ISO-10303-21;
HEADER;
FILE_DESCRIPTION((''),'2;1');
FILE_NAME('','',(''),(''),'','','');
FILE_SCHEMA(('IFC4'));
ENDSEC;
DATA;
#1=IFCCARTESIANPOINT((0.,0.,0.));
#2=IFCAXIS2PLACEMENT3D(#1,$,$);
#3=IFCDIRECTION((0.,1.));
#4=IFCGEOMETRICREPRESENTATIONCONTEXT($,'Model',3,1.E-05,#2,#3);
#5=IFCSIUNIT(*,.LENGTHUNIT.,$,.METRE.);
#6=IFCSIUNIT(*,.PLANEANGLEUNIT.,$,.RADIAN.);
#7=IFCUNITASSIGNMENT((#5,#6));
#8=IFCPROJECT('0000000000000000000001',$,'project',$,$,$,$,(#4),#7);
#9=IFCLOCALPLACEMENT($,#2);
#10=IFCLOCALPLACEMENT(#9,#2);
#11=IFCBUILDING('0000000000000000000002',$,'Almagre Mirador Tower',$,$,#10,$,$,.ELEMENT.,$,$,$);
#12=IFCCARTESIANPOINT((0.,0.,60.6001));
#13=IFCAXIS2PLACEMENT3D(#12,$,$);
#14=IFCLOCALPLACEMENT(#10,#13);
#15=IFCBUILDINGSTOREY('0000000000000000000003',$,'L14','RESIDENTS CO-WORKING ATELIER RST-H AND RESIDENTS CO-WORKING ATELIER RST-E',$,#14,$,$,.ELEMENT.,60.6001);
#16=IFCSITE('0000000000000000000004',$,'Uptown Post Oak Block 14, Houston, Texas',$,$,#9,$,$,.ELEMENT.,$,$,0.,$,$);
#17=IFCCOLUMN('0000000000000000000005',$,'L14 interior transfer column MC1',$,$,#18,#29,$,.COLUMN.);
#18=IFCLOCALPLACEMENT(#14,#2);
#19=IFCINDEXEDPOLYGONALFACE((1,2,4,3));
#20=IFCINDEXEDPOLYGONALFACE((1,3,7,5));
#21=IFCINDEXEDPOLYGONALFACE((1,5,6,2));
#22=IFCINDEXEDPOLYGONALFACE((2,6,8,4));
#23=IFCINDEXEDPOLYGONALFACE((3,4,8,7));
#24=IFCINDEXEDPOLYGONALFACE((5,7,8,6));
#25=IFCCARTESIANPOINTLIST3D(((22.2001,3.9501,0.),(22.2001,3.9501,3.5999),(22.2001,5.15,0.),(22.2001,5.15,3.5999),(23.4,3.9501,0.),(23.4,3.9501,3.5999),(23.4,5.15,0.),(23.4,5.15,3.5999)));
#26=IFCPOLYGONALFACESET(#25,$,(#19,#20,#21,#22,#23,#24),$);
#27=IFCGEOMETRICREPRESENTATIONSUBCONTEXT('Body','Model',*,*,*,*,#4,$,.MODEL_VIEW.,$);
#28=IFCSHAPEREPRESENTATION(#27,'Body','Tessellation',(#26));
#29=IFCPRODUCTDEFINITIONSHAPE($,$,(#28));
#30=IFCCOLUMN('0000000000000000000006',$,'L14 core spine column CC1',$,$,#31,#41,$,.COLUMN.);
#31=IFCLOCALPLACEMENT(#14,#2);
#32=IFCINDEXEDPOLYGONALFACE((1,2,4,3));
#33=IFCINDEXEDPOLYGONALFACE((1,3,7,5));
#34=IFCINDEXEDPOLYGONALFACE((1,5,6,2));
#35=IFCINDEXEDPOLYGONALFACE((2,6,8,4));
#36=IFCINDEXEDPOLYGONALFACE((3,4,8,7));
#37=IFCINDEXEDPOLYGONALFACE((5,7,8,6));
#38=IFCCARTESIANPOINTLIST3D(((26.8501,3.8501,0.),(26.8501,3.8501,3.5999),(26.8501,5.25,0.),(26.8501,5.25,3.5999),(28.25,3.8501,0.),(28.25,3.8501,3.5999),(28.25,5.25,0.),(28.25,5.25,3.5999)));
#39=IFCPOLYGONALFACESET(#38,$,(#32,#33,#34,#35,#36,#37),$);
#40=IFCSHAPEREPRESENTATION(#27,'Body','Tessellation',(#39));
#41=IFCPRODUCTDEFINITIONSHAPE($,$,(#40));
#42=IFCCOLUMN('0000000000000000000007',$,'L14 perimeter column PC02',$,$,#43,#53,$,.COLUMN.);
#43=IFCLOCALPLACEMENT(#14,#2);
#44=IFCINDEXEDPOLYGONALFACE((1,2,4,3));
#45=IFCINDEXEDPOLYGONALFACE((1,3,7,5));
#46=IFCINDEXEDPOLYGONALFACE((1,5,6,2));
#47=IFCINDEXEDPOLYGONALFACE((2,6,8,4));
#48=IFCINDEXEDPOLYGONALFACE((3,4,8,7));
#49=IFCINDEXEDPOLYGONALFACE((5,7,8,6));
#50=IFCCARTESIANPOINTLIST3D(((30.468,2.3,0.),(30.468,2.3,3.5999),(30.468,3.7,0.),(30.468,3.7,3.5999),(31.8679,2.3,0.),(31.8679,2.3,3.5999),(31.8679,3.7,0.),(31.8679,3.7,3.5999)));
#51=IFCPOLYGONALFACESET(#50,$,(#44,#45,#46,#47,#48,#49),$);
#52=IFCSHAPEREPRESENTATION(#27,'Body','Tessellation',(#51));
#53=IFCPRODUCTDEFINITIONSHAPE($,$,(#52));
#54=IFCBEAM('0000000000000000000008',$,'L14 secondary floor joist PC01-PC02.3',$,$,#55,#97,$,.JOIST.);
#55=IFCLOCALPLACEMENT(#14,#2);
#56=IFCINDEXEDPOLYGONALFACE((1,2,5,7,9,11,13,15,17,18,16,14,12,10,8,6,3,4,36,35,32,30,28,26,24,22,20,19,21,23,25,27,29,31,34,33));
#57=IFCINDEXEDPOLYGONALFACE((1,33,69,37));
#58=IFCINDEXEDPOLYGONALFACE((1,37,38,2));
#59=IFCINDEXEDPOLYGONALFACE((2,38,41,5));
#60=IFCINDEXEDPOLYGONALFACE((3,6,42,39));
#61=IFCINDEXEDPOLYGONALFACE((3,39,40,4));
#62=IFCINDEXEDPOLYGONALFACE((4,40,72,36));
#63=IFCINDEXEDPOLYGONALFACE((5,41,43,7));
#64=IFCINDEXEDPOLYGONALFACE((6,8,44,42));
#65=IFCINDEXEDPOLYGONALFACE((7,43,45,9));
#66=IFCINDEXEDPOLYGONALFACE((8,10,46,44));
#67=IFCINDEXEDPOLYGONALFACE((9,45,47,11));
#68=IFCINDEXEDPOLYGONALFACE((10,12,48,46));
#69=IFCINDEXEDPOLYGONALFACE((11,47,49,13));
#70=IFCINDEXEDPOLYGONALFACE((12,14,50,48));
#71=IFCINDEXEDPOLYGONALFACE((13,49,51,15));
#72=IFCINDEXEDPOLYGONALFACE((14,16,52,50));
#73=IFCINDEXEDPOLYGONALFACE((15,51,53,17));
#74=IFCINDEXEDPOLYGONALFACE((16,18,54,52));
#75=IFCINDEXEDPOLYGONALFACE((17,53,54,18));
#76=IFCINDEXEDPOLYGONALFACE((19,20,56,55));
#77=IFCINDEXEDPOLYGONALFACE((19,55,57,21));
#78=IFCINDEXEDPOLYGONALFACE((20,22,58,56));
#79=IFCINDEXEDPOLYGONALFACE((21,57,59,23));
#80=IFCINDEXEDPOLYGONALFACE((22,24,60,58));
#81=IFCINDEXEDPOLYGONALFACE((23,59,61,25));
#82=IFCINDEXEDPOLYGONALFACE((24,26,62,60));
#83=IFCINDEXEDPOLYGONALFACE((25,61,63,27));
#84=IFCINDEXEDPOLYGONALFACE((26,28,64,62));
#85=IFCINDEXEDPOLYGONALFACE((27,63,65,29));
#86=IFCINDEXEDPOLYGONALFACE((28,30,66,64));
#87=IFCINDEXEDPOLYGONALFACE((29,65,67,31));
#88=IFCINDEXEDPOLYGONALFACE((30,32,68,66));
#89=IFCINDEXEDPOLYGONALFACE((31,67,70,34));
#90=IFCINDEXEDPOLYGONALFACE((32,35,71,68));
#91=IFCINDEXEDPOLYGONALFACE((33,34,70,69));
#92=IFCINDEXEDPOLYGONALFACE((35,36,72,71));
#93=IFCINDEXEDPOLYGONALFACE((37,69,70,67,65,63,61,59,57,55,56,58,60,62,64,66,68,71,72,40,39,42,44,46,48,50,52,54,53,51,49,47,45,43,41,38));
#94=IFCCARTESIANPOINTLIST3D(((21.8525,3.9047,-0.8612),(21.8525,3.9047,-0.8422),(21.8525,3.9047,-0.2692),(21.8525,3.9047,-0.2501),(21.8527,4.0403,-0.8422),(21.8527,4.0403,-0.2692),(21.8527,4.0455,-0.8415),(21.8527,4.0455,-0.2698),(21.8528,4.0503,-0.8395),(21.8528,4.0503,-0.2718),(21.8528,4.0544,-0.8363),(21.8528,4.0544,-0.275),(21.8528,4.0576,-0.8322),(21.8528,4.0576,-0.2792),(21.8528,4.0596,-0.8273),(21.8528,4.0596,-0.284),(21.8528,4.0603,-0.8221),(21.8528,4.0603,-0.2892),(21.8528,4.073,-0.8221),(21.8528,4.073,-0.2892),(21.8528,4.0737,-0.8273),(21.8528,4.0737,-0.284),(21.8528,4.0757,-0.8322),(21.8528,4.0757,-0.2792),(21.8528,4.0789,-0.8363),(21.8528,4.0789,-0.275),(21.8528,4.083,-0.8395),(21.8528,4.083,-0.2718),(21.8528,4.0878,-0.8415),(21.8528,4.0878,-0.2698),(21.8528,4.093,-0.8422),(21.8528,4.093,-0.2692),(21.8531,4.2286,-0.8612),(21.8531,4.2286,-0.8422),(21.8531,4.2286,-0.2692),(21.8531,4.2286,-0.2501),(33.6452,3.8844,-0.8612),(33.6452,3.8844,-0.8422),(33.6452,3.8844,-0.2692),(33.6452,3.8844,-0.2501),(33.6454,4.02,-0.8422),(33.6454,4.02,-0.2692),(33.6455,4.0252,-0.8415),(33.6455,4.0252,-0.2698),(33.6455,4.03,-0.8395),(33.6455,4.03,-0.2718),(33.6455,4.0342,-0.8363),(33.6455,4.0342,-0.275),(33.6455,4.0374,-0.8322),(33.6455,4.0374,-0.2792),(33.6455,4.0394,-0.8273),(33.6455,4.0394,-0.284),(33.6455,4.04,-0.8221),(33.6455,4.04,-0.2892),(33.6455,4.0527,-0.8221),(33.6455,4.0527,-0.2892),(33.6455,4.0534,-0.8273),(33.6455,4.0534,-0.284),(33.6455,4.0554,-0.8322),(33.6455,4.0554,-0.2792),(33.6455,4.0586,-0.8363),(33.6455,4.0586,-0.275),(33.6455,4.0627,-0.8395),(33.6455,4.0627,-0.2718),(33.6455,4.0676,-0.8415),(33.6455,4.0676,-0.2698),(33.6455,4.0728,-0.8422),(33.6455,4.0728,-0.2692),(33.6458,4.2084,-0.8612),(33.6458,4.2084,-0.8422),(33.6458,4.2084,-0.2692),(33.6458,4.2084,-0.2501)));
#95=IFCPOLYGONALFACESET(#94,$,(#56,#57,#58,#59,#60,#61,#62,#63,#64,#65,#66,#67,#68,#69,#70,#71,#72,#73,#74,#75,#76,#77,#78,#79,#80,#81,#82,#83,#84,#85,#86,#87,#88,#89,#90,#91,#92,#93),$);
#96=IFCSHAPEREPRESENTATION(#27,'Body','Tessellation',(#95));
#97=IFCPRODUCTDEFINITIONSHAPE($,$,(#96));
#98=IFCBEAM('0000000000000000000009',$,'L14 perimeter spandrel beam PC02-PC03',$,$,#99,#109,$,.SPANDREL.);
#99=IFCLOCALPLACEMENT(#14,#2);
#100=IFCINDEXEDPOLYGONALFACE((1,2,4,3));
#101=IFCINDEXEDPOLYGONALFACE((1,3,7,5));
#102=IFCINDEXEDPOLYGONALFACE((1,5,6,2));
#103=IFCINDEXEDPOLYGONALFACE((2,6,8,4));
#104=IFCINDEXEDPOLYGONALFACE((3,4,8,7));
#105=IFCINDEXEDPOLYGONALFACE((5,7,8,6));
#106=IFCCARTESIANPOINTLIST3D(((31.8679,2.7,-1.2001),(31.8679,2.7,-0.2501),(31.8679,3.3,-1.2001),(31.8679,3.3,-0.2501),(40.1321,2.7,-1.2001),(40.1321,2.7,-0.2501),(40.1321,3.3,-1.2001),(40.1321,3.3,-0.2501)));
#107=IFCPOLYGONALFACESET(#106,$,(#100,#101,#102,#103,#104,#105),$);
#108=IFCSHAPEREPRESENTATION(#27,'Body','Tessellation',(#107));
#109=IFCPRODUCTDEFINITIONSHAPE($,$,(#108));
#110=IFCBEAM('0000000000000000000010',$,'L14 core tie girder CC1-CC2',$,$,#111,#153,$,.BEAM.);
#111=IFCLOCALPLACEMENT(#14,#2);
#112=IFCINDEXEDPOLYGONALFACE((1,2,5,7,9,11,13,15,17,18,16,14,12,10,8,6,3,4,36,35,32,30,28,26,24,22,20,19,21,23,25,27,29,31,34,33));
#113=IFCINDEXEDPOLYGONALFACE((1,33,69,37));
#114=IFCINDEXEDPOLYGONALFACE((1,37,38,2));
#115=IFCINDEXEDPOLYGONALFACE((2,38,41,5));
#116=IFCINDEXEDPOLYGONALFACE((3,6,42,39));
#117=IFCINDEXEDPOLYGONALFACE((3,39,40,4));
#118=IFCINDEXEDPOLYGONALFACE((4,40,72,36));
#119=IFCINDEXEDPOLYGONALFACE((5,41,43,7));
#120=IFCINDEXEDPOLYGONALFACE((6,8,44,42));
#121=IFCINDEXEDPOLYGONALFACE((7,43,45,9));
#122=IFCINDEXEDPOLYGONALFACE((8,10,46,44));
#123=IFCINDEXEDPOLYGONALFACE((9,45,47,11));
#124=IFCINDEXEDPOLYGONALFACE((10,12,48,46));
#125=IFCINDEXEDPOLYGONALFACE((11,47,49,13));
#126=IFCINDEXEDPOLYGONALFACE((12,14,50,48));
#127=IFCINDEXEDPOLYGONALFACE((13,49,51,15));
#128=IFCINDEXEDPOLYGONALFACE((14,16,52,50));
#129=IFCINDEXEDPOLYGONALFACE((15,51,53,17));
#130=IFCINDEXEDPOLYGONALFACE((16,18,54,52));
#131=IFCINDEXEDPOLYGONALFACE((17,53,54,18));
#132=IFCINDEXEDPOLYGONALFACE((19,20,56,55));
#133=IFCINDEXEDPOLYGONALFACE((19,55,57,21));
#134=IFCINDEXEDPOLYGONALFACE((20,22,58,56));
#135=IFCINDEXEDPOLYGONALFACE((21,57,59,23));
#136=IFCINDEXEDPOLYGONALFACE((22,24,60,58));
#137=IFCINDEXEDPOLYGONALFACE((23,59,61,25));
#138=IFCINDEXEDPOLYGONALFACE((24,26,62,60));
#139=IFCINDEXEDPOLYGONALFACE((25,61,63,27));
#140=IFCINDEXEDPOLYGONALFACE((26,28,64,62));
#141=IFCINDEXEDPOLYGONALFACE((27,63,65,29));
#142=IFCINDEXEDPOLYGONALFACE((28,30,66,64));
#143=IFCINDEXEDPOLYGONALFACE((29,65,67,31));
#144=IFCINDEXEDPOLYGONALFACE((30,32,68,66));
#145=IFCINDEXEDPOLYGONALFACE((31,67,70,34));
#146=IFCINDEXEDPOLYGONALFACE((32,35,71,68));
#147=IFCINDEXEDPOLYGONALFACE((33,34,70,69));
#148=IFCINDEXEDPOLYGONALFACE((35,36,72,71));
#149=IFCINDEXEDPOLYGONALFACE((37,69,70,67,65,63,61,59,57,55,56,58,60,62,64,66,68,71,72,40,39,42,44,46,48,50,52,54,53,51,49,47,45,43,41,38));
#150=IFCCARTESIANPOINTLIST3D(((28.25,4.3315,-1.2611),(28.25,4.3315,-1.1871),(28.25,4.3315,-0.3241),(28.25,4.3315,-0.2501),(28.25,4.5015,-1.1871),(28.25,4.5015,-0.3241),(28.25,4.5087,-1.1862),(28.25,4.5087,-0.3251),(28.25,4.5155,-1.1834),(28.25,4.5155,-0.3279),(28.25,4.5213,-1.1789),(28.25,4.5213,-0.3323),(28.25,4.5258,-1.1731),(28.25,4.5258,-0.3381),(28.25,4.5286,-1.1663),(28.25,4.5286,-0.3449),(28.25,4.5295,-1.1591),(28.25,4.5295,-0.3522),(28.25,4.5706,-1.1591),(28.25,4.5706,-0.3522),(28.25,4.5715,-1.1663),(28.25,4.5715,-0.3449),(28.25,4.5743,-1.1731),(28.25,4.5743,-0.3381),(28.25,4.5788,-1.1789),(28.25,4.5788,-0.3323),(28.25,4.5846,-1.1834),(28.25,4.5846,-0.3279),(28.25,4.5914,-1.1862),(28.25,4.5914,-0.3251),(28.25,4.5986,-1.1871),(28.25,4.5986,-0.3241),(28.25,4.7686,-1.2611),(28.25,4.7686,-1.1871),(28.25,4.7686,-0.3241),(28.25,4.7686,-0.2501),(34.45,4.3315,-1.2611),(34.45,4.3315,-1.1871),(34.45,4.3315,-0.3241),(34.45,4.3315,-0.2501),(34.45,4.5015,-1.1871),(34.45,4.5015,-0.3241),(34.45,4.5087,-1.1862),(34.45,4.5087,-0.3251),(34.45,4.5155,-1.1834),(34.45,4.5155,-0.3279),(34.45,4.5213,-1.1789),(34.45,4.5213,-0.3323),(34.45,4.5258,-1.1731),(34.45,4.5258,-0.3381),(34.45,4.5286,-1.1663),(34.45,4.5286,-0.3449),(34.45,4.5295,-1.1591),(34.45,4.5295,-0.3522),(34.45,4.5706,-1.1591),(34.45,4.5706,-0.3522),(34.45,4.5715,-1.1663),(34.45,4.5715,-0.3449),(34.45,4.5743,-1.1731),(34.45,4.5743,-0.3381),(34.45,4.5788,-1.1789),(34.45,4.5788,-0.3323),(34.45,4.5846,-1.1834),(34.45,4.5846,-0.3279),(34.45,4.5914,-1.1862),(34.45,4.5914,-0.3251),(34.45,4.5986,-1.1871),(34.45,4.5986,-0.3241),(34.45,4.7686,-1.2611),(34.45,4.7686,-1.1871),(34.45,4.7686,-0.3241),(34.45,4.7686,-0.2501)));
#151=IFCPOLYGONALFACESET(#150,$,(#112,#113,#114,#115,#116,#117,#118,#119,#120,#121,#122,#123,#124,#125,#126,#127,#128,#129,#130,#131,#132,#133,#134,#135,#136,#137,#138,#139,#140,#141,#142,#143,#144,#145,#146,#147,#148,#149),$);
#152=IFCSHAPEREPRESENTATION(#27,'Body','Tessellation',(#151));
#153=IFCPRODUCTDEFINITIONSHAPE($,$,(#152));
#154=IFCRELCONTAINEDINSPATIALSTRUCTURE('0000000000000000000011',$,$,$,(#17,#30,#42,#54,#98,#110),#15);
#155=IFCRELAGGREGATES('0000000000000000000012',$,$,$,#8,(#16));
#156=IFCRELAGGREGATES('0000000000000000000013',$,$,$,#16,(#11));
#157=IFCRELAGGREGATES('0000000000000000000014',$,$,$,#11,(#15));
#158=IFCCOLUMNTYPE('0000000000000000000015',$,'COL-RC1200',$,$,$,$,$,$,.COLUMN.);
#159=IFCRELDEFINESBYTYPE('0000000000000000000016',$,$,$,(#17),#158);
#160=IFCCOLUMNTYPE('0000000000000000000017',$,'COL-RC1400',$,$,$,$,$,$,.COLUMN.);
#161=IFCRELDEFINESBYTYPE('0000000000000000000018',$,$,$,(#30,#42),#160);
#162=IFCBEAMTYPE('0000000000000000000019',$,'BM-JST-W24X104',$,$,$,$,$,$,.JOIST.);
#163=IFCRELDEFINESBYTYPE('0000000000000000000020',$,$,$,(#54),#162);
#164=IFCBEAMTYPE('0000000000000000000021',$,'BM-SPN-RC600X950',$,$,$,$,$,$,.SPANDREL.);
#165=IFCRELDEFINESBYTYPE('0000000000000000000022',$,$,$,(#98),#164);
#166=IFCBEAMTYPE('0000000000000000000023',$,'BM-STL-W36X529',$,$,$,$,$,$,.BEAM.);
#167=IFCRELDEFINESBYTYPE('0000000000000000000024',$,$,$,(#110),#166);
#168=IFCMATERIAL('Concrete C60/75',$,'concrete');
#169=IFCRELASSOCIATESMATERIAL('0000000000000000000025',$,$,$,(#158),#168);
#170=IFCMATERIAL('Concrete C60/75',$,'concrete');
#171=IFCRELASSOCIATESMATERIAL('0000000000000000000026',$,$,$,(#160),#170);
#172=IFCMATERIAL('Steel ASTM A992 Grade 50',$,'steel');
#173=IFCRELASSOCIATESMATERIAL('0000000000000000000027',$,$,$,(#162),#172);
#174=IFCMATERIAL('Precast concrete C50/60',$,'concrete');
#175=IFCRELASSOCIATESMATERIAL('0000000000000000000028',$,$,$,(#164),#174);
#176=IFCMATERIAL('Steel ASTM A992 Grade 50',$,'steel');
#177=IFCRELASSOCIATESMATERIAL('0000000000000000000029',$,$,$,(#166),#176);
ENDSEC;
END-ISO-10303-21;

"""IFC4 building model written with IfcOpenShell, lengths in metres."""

from ifc_helpers import new_model, si_unit, direction, frame, origin, origin_2d, place, context, subcontext, project, spatial, rectangle, i_section, extrude, material, material_profile, profile_set, type_object, element, save


model = new_model("IFC4")

# Units and contexts
model_context = context("Model", 3, precision=1e-05, world=origin(), true_north=direction((0.0, 1.0)))
body_context = subcontext(model_context, "Body", "Model", "MODEL_VIEW")
ifc_project = project(units=[si_unit("LENGTHUNIT", "METRE"), si_unit("PLANEANGLEUNIT", "RADIAN")], contexts=[model_context])

# Site, building, storey
site_placement = place(None, origin())
site = spatial("IfcSite", under=ifc_project, at=site_placement, Name="Uptown Post Oak Block 14, Houston, Texas", CompositionType="ELEMENT", RefElevation=0.0)
building_placement = place(site_placement, origin())
building = spatial("IfcBuilding", under=site, at=building_placement, Name="Almagre Mirador Tower", CompositionType="ELEMENT")
storey_placement = place(building_placement, frame((0.0, 0.0, 60.6001)))
storey = spatial("IfcBuildingStorey", under=building, at=storey_placement, Name="L14", Description="RESIDENTS CO-WORKING ATELIER RST-H AND RESIDENTS CO-WORKING ATELIER RST-E", CompositionType="ELEMENT", Elevation=60.6001)

# Columns
ifc_material_1 = material(Name="Concrete C60/75", Category="concrete")
ifc_material_profile_1 = material_profile(ifc_material_1, rectangle(XDim=1.2, YDim=1.2, at=origin_2d()), Name="RC1200X1200")
ifc_profile_set_1 = profile_set([ifc_material_profile_1], Name="Concrete C60/75")
column_type_1 = type_object("IfcColumnType", Name="COL-RC1200", PredefinedType="COLUMN", material=ifc_profile_set_1)
column_placement = place(storey_placement, frame((22.8, 4.55, 0.0), z_axis=(0.0, 0.0, 1.0), x_axis=(1.0, 0.0, 0.0)))
element("IfcColumn", 1, at=column_placement, inside=storey, type_object=column_type_1, Name="L14 interior transfer column MC1", PredefinedType="COLUMN", context=body_context, shape_type="SweptSolid", body=[
    extrude(rectangle(XDim=1.2, YDim=1.2, at=origin_2d()), origin(), (0.0, 0.0, 1.0), 3.5999),
])
ifc_material_2 = material(Name="Concrete C60/75", Category="concrete")
ifc_material_profile_2 = material_profile(ifc_material_2, rectangle(XDim=1.3999, YDim=1.3999, at=origin_2d()), Name="RC1400X1400")
ifc_profile_set_2 = profile_set([ifc_material_profile_2], Name="Concrete C60/75")
column_type_2 = type_object("IfcColumnType", Name="COL-RC1400", PredefinedType="COLUMN", material=ifc_profile_set_2)
for number, where, z_axis, x_axis, name in (
    (2, (27.55, 4.55, 0.0), (0.0, 0.0, 1.0), (1.0, 0.0, 0.0), "L14 core spine column CC1"),
    (3, (31.168, 3.0, 0.0), (0.0, 0.0, 1.0), (1.0, 0.0, 0.0), "L14 perimeter column PC02"),
):
    element("IfcColumn", number, at=place(storey_placement, frame(where, z_axis=z_axis, x_axis=x_axis)), inside=storey, type_object=column_type_2, Name=name, PredefinedType="COLUMN", context=body_context, shape_type="SweptSolid", body=[
        extrude(rectangle(XDim=1.3999, YDim=1.3999, at=origin_2d()), origin(), (0.0, 0.0, 1.0), 3.5999),
    ])

# Beams
ifc_material_3 = material(Name="Steel ASTM A992 Grade 50", Category="steel")
ifc_material_profile_3 = material_profile(ifc_material_3, i_section(OverallWidth=0.324, OverallDepth=0.6111, WebThickness=0.0127, FlangeThickness=0.019, FilletRadius=0.02, at=origin_2d()), Name="W24X104")
ifc_profile_set_3 = profile_set([ifc_material_profile_3], Name="Steel ASTM A992 Grade 50")
beam_type_1 = type_object("IfcBeamType", Name="BM-JST-W24X104", PredefinedType="JOIST", material=ifc_profile_set_3)
beam_1_placement = place(storey_placement, frame((21.8528, 4.0667, -0.5557), z_axis=(0.999999, -0.001718, 0.0), x_axis=(0.001718, 0.999999, 0.0)))
element("IfcBeam", 4, at=beam_1_placement, inside=storey, type_object=beam_type_1, Name="L14 secondary floor joist PC01-PC02.3", PredefinedType="JOIST", context=body_context, shape_type="SweptSolid", body=[
    extrude(i_section(OverallWidth=0.324, OverallDepth=0.6111, WebThickness=0.0127, FlangeThickness=0.019, FilletRadius=0.02, at=origin_2d()), origin(), (0.0, 0.0, 1.0), 11.7927),
])
ifc_material_4 = material(Name="Precast concrete C50/60", Category="concrete")
ifc_material_profile_4 = material_profile(ifc_material_4, rectangle(XDim=0.6001, YDim=0.95, at=origin_2d()), Name="RC600X950")
ifc_profile_set_4 = profile_set([ifc_material_profile_4], Name="Precast concrete C50/60")
beam_type_2 = type_object("IfcBeamType", Name="BM-SPN-RC600X950", PredefinedType="SPANDREL", material=ifc_profile_set_4)
beam_2_placement = place(storey_placement, frame((31.8679, 3.0, -0.7251), z_axis=(1.0, 0.0, 0.0), x_axis=(0.0, 1.0, 0.0)))
element("IfcBeam", 5, at=beam_2_placement, inside=storey, type_object=beam_type_2, Name="L14 perimeter spandrel beam PC02-PC03", PredefinedType="SPANDREL", context=body_context, shape_type="SweptSolid", body=[
    extrude(rectangle(XDim=0.6001, YDim=0.95, at=origin_2d()), origin(), (0.0, 0.0, 1.0), 8.2642),
])
ifc_material_5 = material(Name="Steel ASTM A992 Grade 50", Category="steel")
ifc_material_profile_5 = material_profile(ifc_material_5, i_section(OverallWidth=0.437, OverallDepth=1.011, WebThickness=0.041, FlangeThickness=0.074, FilletRadius=0.0281, at=origin_2d()), Name="W36X529")
ifc_profile_set_5 = profile_set([ifc_material_profile_5], Name="Steel ASTM A992 Grade 50")
beam_type_3 = type_object("IfcBeamType", Name="BM-STL-W36X529", PredefinedType="BEAM", material=ifc_profile_set_5)
beam_3_placement = place(storey_placement, frame((28.25, 4.55, -0.7556), z_axis=(1.0, 0.0, 0.0), x_axis=(0.0, 1.0, 0.0)))
element("IfcBeam", 6, at=beam_3_placement, inside=storey, type_object=beam_type_3, Name="L14 core tie girder CC1-CC2", PredefinedType="BEAM", context=body_context, shape_type="SweptSolid", body=[
    extrude(i_section(OverallWidth=0.437, OverallDepth=1.011, WebThickness=0.041, FlangeThickness=0.074, FilletRadius=0.0281, at=origin_2d()), origin(), (0.0, 0.0, 1.0), 6.2),
])

save(model, "model.ifc")
